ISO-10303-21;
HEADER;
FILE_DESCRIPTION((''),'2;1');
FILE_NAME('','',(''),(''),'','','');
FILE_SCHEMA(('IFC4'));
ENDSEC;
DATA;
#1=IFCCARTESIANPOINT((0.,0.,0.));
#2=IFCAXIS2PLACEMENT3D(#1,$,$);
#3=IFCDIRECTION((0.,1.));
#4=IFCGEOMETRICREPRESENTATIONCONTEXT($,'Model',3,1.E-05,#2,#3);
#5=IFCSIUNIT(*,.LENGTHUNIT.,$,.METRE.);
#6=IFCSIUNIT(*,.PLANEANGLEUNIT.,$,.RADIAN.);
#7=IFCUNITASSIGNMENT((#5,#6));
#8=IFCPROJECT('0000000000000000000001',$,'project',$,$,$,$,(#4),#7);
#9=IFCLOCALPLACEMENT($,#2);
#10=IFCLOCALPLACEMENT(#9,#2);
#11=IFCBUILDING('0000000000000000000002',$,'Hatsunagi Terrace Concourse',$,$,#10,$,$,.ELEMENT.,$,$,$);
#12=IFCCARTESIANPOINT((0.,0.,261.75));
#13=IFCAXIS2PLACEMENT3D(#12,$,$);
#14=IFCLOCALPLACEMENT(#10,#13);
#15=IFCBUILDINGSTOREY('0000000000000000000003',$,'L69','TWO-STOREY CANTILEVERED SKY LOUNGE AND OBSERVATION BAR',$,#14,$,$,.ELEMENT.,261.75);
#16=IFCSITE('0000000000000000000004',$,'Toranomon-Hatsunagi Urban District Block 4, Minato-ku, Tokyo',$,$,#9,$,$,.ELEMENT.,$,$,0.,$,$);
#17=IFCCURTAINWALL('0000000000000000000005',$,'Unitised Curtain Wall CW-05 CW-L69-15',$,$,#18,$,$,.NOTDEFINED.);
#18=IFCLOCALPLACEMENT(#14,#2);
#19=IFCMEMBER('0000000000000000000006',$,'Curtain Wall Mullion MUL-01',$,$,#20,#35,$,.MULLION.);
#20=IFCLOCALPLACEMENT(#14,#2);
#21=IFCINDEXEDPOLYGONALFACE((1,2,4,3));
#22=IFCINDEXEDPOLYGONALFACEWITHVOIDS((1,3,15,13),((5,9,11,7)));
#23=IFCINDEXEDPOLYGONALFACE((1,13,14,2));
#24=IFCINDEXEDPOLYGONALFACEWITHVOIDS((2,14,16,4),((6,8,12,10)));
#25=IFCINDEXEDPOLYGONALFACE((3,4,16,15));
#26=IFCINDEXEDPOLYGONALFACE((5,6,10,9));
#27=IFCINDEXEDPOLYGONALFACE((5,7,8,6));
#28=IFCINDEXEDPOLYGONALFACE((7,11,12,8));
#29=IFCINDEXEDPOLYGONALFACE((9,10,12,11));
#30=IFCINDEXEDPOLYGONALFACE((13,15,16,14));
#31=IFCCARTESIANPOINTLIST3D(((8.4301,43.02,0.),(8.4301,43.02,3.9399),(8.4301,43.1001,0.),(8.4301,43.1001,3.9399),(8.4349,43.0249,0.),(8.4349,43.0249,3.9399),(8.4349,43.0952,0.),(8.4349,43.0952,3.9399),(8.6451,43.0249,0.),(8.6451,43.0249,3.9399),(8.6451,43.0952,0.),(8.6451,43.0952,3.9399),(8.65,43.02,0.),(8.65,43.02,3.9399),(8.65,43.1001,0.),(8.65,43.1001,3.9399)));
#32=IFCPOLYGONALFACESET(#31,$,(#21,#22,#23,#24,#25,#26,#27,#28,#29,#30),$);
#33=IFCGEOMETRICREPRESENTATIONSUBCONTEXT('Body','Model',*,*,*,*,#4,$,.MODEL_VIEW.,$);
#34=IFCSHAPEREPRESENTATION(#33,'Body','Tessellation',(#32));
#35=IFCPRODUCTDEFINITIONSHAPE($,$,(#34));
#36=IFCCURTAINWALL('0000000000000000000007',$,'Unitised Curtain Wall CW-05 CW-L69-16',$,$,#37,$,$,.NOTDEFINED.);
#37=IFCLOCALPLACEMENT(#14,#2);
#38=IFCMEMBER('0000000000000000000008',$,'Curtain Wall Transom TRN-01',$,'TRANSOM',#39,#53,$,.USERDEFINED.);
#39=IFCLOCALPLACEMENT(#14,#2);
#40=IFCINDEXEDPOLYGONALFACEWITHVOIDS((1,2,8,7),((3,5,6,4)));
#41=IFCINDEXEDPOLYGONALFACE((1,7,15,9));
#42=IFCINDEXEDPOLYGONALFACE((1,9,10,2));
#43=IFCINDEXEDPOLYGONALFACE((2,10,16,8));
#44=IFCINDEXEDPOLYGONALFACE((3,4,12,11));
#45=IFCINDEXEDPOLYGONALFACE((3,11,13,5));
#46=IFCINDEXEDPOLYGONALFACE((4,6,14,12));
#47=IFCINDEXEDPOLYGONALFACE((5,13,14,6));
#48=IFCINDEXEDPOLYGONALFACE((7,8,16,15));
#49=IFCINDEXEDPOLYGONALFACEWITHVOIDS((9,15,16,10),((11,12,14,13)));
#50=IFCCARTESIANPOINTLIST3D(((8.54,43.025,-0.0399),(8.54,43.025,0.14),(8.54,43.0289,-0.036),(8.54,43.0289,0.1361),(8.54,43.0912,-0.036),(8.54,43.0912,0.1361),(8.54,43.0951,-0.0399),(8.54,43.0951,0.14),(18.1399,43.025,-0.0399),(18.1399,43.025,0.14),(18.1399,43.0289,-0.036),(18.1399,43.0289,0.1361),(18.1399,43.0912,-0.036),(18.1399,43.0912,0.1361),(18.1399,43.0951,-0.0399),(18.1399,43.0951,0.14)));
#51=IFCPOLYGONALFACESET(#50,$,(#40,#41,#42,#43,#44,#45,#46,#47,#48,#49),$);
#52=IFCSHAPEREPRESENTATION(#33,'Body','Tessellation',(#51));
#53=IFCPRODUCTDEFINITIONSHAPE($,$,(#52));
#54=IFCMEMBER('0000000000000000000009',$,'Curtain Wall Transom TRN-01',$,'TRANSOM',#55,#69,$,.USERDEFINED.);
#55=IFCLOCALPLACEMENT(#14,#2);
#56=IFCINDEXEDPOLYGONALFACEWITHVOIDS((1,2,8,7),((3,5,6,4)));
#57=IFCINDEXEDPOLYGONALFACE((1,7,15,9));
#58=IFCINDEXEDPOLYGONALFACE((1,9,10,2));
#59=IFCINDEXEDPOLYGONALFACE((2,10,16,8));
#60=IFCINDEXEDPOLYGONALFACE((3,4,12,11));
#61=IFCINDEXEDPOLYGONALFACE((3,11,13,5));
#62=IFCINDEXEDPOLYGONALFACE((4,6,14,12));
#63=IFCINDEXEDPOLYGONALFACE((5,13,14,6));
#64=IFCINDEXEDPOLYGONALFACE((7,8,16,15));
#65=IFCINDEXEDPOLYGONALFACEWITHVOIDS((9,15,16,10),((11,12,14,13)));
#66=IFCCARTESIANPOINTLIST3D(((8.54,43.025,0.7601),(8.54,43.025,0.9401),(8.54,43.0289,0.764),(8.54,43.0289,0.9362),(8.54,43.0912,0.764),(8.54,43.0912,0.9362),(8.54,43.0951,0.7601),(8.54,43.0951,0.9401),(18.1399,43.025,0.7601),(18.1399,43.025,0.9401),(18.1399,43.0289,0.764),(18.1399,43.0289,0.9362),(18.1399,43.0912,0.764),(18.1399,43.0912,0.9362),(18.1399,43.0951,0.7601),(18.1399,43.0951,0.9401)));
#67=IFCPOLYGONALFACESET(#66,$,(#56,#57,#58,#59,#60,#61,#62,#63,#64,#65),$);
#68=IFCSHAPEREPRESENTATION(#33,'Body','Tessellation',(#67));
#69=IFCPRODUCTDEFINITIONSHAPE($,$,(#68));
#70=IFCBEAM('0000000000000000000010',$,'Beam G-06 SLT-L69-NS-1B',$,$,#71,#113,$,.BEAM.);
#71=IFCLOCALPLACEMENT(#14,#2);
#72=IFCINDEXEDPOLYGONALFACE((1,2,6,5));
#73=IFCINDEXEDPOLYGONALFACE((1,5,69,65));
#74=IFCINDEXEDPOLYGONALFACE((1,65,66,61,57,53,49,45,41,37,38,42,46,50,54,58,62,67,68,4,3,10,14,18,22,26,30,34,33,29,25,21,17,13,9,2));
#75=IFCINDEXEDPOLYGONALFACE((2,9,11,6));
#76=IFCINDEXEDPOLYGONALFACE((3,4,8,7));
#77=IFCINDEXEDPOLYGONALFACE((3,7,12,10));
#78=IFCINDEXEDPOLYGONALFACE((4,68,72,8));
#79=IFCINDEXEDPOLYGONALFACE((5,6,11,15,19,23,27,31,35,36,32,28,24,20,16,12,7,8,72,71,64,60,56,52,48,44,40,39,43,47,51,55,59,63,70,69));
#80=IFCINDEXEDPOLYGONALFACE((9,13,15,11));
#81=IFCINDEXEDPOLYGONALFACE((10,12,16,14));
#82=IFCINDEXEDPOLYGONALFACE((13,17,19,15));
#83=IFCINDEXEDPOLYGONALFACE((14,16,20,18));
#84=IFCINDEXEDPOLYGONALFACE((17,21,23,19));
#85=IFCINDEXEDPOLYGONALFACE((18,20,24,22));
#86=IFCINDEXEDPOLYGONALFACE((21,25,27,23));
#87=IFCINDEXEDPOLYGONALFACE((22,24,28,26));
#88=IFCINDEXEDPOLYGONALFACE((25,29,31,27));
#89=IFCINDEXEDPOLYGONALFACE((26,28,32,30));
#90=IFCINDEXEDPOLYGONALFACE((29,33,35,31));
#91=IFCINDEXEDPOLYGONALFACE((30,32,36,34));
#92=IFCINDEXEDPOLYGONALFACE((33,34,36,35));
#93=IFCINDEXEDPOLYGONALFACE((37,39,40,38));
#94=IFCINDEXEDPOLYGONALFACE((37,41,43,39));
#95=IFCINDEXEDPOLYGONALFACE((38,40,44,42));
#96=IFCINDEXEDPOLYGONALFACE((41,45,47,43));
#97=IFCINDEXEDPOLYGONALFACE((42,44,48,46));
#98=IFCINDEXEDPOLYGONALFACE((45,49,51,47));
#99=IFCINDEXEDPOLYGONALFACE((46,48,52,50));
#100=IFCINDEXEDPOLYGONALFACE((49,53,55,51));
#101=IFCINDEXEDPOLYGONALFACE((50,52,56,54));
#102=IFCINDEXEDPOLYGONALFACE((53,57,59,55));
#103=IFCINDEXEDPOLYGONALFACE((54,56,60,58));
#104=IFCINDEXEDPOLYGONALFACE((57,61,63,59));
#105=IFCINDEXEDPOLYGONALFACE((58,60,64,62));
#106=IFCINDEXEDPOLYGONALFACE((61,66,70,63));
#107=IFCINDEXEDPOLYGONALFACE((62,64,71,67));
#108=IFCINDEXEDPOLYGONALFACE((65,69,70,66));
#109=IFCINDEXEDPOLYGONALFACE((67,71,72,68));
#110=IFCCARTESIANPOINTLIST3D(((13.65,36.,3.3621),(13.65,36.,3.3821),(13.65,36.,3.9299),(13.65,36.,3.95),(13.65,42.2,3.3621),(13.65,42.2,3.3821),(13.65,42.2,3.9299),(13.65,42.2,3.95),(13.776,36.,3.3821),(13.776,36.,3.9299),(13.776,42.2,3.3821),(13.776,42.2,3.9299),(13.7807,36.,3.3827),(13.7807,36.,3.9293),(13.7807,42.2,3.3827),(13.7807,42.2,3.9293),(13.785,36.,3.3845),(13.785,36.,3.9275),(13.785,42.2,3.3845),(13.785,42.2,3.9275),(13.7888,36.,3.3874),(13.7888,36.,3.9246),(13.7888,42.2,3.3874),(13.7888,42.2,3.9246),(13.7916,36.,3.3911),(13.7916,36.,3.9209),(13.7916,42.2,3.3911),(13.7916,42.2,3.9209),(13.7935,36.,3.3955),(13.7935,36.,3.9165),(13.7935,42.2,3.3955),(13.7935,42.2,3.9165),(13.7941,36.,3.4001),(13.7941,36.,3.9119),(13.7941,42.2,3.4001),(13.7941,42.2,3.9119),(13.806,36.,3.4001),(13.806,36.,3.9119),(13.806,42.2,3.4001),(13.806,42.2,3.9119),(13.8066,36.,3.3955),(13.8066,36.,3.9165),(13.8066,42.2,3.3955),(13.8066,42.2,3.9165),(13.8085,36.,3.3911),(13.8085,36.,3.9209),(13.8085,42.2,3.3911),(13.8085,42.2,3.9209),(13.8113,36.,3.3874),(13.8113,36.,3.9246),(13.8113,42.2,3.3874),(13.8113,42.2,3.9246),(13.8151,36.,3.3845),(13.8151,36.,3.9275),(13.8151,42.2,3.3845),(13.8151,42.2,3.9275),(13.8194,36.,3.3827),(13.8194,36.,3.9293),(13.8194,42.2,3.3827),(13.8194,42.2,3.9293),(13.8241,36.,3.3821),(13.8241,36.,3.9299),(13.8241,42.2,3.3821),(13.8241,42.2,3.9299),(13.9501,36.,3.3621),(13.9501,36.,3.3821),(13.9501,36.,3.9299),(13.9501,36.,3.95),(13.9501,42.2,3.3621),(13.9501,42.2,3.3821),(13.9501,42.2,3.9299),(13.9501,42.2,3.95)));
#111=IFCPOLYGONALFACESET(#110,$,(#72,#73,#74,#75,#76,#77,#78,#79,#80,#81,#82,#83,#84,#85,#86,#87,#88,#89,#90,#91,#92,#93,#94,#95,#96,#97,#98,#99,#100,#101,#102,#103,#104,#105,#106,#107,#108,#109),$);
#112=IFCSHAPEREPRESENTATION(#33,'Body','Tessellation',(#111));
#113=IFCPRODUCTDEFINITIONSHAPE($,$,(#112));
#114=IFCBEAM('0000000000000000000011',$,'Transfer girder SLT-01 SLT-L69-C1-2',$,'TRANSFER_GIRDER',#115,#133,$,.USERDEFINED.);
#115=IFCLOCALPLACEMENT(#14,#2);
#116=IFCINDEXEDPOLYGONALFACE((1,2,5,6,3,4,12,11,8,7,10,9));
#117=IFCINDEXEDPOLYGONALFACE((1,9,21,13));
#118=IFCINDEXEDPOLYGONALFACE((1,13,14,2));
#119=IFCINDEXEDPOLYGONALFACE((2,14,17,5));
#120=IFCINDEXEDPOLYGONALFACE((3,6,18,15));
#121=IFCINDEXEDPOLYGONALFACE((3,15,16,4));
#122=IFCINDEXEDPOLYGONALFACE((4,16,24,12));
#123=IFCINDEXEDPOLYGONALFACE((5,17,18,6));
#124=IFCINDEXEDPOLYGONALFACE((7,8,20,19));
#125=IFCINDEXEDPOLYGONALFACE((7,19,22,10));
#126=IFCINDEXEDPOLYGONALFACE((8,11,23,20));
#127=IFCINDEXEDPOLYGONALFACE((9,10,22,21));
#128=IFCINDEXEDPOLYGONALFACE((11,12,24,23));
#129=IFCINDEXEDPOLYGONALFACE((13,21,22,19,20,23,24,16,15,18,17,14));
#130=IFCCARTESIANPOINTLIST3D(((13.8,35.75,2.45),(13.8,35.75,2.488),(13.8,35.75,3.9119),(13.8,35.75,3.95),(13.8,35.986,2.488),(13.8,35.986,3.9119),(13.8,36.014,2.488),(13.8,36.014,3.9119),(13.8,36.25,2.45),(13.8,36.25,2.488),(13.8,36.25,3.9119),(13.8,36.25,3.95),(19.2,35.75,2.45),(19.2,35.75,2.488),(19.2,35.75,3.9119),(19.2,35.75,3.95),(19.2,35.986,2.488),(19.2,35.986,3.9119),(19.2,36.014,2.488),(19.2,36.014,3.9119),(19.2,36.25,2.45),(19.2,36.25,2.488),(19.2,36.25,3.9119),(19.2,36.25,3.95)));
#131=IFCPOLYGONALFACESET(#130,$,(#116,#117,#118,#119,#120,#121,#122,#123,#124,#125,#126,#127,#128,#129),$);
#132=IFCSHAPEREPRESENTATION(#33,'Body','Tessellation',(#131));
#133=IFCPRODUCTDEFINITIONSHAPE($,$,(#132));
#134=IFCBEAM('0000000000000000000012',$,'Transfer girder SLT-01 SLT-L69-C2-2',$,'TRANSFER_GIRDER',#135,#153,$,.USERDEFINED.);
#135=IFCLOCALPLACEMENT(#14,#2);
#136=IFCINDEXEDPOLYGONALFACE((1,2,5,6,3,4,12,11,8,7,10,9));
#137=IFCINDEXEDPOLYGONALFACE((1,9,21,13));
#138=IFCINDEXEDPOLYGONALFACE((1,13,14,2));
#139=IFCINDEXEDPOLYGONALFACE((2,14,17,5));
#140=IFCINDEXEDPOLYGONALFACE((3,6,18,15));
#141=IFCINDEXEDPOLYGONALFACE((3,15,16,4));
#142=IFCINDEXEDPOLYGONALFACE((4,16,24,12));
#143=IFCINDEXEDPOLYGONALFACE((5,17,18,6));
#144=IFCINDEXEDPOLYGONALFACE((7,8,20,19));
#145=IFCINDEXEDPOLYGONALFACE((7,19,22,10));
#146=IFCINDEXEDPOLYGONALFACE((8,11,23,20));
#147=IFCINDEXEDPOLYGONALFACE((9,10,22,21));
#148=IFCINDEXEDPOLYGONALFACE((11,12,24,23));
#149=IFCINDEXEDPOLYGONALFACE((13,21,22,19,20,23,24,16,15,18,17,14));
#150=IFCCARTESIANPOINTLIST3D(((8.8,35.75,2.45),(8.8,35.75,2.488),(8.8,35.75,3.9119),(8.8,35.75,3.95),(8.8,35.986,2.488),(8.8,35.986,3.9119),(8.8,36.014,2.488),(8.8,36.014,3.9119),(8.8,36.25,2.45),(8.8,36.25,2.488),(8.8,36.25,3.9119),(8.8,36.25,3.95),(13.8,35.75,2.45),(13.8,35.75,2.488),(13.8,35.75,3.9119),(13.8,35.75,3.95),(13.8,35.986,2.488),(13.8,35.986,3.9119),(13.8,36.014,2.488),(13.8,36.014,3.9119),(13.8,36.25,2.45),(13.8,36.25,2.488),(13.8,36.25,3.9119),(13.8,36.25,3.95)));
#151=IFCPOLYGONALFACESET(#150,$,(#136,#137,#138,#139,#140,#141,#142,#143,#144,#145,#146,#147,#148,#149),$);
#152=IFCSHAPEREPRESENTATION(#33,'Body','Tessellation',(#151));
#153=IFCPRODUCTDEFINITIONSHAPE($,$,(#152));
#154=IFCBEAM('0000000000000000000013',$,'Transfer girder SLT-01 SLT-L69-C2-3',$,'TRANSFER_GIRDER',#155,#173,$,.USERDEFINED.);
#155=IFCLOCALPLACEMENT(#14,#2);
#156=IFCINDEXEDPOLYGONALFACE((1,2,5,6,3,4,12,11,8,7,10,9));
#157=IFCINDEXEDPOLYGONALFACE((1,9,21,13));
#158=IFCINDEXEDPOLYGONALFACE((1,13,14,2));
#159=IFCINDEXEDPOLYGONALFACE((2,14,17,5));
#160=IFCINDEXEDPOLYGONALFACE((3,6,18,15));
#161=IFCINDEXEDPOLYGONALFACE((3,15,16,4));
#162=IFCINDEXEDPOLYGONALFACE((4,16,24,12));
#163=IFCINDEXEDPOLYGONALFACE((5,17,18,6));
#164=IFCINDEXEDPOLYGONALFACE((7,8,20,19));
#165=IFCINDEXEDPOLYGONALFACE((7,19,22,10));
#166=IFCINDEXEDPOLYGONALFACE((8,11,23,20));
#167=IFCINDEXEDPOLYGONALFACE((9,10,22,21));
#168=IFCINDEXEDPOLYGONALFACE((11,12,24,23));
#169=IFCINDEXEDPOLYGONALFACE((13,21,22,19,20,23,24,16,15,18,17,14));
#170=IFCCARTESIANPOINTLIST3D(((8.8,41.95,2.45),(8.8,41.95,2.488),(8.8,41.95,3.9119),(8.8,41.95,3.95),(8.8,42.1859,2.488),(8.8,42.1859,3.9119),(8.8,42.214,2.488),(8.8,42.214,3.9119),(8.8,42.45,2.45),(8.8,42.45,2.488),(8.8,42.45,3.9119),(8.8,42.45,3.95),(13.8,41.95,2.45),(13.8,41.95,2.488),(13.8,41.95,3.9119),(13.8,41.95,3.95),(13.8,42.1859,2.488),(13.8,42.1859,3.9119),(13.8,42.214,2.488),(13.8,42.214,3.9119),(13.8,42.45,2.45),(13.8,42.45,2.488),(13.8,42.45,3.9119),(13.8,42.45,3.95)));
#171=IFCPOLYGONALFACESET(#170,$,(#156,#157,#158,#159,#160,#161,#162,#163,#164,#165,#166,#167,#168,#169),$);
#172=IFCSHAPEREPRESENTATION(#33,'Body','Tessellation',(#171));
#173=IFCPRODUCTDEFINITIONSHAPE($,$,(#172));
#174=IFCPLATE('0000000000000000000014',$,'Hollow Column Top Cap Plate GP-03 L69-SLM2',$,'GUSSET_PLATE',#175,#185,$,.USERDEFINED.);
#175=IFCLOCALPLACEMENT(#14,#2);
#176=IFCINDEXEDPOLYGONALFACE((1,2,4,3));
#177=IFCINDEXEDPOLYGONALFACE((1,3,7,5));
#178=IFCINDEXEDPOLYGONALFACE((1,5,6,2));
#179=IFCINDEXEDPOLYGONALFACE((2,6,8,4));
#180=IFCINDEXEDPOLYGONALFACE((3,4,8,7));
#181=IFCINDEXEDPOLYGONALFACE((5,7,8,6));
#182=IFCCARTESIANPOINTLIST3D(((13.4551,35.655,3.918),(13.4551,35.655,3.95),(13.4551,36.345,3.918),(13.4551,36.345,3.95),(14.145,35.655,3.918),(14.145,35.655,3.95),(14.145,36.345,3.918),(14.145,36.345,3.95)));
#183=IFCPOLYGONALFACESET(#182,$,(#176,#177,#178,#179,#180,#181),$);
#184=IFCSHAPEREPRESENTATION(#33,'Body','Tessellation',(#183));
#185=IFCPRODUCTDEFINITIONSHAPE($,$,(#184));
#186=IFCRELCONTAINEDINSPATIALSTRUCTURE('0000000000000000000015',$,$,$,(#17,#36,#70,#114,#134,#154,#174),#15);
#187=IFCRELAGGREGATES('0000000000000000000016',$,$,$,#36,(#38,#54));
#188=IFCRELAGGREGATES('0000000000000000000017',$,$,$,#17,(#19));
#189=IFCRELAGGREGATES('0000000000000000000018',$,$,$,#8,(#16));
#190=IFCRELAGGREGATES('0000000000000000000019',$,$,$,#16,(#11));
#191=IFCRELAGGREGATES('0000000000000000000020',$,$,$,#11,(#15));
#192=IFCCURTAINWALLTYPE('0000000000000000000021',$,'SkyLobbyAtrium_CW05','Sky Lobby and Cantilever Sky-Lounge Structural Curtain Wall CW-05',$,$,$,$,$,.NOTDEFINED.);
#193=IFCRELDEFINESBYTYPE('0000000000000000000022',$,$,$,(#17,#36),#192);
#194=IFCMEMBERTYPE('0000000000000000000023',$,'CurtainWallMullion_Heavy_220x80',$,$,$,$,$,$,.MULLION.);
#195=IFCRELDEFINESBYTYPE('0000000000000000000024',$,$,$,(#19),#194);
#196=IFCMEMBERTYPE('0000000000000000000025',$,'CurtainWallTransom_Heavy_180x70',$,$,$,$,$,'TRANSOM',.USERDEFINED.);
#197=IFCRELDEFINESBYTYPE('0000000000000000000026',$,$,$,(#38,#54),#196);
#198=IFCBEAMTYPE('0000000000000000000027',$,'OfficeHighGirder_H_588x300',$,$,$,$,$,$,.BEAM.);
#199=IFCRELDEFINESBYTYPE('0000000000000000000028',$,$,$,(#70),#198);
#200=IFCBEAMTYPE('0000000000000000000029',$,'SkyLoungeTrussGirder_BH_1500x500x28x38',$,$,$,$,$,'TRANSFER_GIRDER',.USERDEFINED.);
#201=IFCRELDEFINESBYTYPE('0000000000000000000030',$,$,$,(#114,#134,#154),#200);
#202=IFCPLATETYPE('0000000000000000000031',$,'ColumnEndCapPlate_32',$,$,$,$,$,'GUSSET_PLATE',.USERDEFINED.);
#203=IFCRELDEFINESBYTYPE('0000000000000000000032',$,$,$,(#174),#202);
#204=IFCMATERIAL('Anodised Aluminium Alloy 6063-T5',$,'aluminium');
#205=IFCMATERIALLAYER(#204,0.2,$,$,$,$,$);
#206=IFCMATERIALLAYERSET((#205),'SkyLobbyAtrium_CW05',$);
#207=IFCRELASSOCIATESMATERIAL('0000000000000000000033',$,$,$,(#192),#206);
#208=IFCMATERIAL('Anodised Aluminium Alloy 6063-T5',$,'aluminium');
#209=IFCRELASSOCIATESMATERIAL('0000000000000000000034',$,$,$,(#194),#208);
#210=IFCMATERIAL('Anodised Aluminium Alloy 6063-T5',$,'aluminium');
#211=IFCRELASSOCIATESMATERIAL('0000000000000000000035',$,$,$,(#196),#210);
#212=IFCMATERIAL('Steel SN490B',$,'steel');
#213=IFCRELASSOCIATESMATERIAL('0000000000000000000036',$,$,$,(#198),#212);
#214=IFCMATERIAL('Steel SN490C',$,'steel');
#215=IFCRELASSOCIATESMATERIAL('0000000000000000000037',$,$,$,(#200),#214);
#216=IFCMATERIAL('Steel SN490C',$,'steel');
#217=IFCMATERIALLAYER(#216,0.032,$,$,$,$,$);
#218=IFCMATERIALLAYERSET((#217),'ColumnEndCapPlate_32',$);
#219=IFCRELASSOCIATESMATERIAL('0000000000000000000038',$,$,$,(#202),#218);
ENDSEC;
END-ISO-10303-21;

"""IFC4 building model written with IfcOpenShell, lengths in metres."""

from ifc_helpers import new_model, si_unit, direction, frame, origin, origin_2d, place, context, subcontext, project, spatial, rectangle, hollow_rectangle, i_section, extrude, material, layer, layer_set, material_profile, profile_set, type_object, element, aggregate, save


model = new_model("IFC4")

# Units and contexts
model_context = context("Model", 3, precision=1e-05, world=origin(), true_north=direction((0.0, 1.0)))
body_context = subcontext(model_context, "Body", "Model", "MODEL_VIEW")
ifc_project = project(units=[si_unit("LENGTHUNIT", "METRE"), si_unit("PLANEANGLEUNIT", "RADIAN")], contexts=[model_context])

# Site, building, storey
site_placement = place(None, origin())
site = spatial("IfcSite", under=ifc_project, at=site_placement, Name="Toranomon-Hatsunagi Urban District Block 4, Minato-ku, Tokyo", CompositionType="ELEMENT", RefElevation=0.0)
building_placement = place(site_placement, origin())
building = spatial("IfcBuilding", under=site, at=building_placement, Name="Hatsunagi Terrace Concourse", CompositionType="ELEMENT")
storey_placement = place(building_placement, frame((0.0, 0.0, 261.75)))
storey = spatial("IfcBuildingStorey", under=building, at=storey_placement, Name="L69", Description="TWO-STOREY CANTILEVERED SKY LOUNGE AND OBSERVATION BAR", CompositionType="ELEMENT", Elevation=261.75)

# Curtain walls, members
ifc_material_1 = material(Name="Anodised Aluminium Alloy 6063-T5", Category="aluminium")
ifc_layer_1 = layer(ifc_material_1, 0.2)
ifc_layer_set_1 = layer_set([ifc_layer_1], Name="SkyLobbyAtrium_CW05")
curtain_wall_type = type_object("IfcCurtainWallType", Name="SkyLobbyAtrium_CW05", Description="Sky Lobby and Cantilever Sky-Lounge Structural Curtain Wall CW-05", PredefinedType="NOTDEFINED", material=ifc_layer_set_1)
curtain_wall_1_placement = place(storey_placement, origin())
curtain_wall_1 = element("IfcCurtainWall", 1, at=curtain_wall_1_placement, inside=storey, type_object=curtain_wall_type, Name="Unitised Curtain Wall CW-05 CW-L69-15", PredefinedType="NOTDEFINED")
ifc_material_2 = material(Name="Anodised Aluminium Alloy 6063-T5", Category="aluminium")
ifc_material_profile_1 = material_profile(ifc_material_2, hollow_rectangle(XDim=0.0801, YDim=0.22, WallThickness=0.0049, at=origin_2d()), Name="ALU-MUL-220x80x5")
ifc_profile_set_1 = profile_set([ifc_material_profile_1], Name="Anodised Aluminium Alloy 6063-T5")
member_type_1 = type_object("IfcMemberType", Name="CurtainWallMullion_Heavy_220x80", PredefinedType="MULLION", material=ifc_profile_set_1)
member_1_placement = place(storey_placement, frame((8.54, 43.0601, 0.0), z_axis=(0.0, 0.0, 1.0), x_axis=(0.0, 1.0, 0.0)))
member_1 = element("IfcMember", 2, at=member_1_placement, type_object=member_type_1, Name="Curtain Wall Mullion MUL-01", PredefinedType="MULLION", context=body_context, shape_type="SweptSolid", body=[
    extrude(hollow_rectangle(XDim=0.0801, YDim=0.22, WallThickness=0.0049, at=origin_2d()), origin(), (0.0, 0.0, 1.0), 3.9399),
])
curtain_wall_2_placement = place(storey_placement, origin())
curtain_wall_2 = element("IfcCurtainWall", 3, at=curtain_wall_2_placement, inside=storey, type_object=curtain_wall_type, Name="Unitised Curtain Wall CW-05 CW-L69-16", PredefinedType="NOTDEFINED")
ifc_material_3 = material(Name="Anodised Aluminium Alloy 6063-T5", Category="aluminium")
ifc_material_profile_2 = material_profile(ifc_material_3, hollow_rectangle(XDim=0.0701, YDim=0.1799, WallThickness=0.0039, at=origin_2d()), Name="ALU-TRN-180x70x4")
ifc_profile_set_2 = profile_set([ifc_material_profile_2], Name="Anodised Aluminium Alloy 6063-T5")
member_type_2 = type_object("IfcMemberType", Name="CurtainWallTransom_Heavy_180x70", ElementType="TRANSOM", PredefinedType="USERDEFINED", material=ifc_profile_set_2)
member_2_placement = place(storey_placement, frame((8.54, 43.0601, 0.05), z_axis=(1.0, 0.0, 0.0), x_axis=(0.0, 1.0, 0.0)))
member_2 = element("IfcMember", 4, at=member_2_placement, type_object=member_type_2, Name="Curtain Wall Transom TRN-01", ObjectType="TRANSOM", PredefinedType="USERDEFINED", context=body_context, shape_type="SweptSolid", body=[
    extrude(hollow_rectangle(XDim=0.0701, YDim=0.1799, WallThickness=0.0039, at=origin_2d()), origin(), (0.0, 0.0, 1.0), 9.5999),
])
member_3_placement = place(storey_placement, frame((8.54, 43.0601, 0.8501), z_axis=(1.0, 0.0, 0.0), x_axis=(0.0, 1.0, 0.0)))
member_3 = element("IfcMember", 5, at=member_3_placement, type_object=member_type_2, Name="Curtain Wall Transom TRN-01", ObjectType="TRANSOM", PredefinedType="USERDEFINED", context=body_context, shape_type="SweptSolid", body=[
    extrude(hollow_rectangle(XDim=0.0701, YDim=0.1799, WallThickness=0.0039, at=origin_2d()), origin(), (0.0, 0.0, 1.0), 9.5999),
])
aggregate(curtain_wall_2, [member_2, member_3])

# Beams
ifc_material_4 = material(Name="Steel SN490B", Category="steel")
ifc_material_profile_3 = material_profile(ifc_material_4, i_section(OverallWidth=0.3, OverallDepth=0.5879, WebThickness=0.012, FlangeThickness=0.02, FilletRadius=0.0181, at=origin_2d()), Name="H-588x300x12x20")
ifc_profile_set_3 = profile_set([ifc_material_profile_3], Name="Steel SN490B")
beam_type_1 = type_object("IfcBeamType", Name="OfficeHighGirder_H_588x300", PredefinedType="BEAM", material=ifc_profile_set_3)
beam_1_placement = place(storey_placement, frame((13.8, 36.0, 3.656), z_axis=(0.0, 1.0, 0.0), x_axis=(-1.0, 0.0, 0.0)))
element("IfcBeam", 6, at=beam_1_placement, inside=storey, type_object=beam_type_1, Name="Beam G-06 SLT-L69-NS-1B", PredefinedType="BEAM", context=body_context, shape_type="SweptSolid", body=[
    extrude(i_section(OverallWidth=0.3, OverallDepth=0.5879, WebThickness=0.012, FlangeThickness=0.02, FilletRadius=0.0181, at=origin_2d()), origin(), (0.0, 0.0, 1.0), 6.2),
])
ifc_material_5 = material(Name="Steel SN490C", Category="steel")
ifc_material_profile_4 = material_profile(ifc_material_5, i_section(OverallWidth=0.5, OverallDepth=1.5, WebThickness=0.0281, FlangeThickness=0.0381, at=origin_2d()), Name="BH-1500x500x28x38")
ifc_profile_set_4 = profile_set([ifc_material_profile_4], Name="Steel SN490C")
beam_type_2 = type_object("IfcBeamType", Name="SkyLoungeTrussGirder_BH_1500x500x28x38", ElementType="TRANSFER_GIRDER", PredefinedType="USERDEFINED", material=ifc_profile_set_4)
beam_2_placement = place(storey_placement, frame((19.2, 36.0, 3.2), z_axis=(-1.0, 0.0, 0.0), x_axis=(0.0, -1.0, 0.0)))
element("IfcBeam", 7, at=beam_2_placement, inside=storey, type_object=beam_type_2, Name="Transfer girder SLT-01 SLT-L69-C1-2", ObjectType="TRANSFER_GIRDER", PredefinedType="USERDEFINED", context=body_context, shape_type="SweptSolid", body=[
    extrude(i_section(OverallWidth=0.5, OverallDepth=1.5, WebThickness=0.0281, FlangeThickness=0.0381, at=origin_2d()), origin(), (0.0, 0.0, 1.0), 5.3999),
])
for number, where, z_axis, x_axis, name in (
    (8, (13.8, 36.0, 3.2), (-1.0, 0.0, 0.0), (0.0, -1.0, 0.0), "Transfer girder SLT-01 SLT-L69-C2-2"),
    (9, (13.8, 42.2, 3.2), (-1.0, 0.0, 0.0), (0.0, -1.0, 0.0), "Transfer girder SLT-01 SLT-L69-C2-3"),
):
    element("IfcBeam", number, at=place(storey_placement, frame(where, z_axis=z_axis, x_axis=x_axis)), inside=storey, type_object=beam_type_2, Name=name, ObjectType="TRANSFER_GIRDER", PredefinedType="USERDEFINED", context=body_context, shape_type="SweptSolid", body=[
        extrude(i_section(OverallWidth=0.5, OverallDepth=1.5, WebThickness=0.0281, FlangeThickness=0.0381, at=origin_2d()), origin(), (0.0, 0.0, 1.0), 5.0),
    ])

# Plate
ifc_material_6 = material(Name="Steel SN490C", Category="steel")
ifc_layer_2 = layer(ifc_material_6, 0.032)
ifc_layer_set_2 = layer_set([ifc_layer_2], Name="ColumnEndCapPlate_32")
plate_type_1 = type_object("IfcPlateType", Name="ColumnEndCapPlate_32", ElementType="GUSSET_PLATE", PredefinedType="USERDEFINED", material=ifc_layer_set_2)
for number, where, z_axis, x_axis, name in (
    (10, (13.8, 36.0, 3.918), (0.0, 0.0, 1.0), (1.0, 0.0, 0.0), "Hollow Column Top Cap Plate GP-03 L69-SLM2"),
):
    element("IfcPlate", number, at=place(storey_placement, frame(where, z_axis=z_axis, x_axis=x_axis)), inside=storey, type_object=plate_type_1, Name=name, ObjectType="GUSSET_PLATE", PredefinedType="USERDEFINED", context=body_context, shape_type="SweptSolid", body=[
        extrude(rectangle(XDim=0.6899, YDim=0.6899, at=origin_2d()), origin(), (0.0, 0.0, 1.0), 0.032),
    ])

aggregate(curtain_wall_1, [member_1])

save(model, "model.ifc")
